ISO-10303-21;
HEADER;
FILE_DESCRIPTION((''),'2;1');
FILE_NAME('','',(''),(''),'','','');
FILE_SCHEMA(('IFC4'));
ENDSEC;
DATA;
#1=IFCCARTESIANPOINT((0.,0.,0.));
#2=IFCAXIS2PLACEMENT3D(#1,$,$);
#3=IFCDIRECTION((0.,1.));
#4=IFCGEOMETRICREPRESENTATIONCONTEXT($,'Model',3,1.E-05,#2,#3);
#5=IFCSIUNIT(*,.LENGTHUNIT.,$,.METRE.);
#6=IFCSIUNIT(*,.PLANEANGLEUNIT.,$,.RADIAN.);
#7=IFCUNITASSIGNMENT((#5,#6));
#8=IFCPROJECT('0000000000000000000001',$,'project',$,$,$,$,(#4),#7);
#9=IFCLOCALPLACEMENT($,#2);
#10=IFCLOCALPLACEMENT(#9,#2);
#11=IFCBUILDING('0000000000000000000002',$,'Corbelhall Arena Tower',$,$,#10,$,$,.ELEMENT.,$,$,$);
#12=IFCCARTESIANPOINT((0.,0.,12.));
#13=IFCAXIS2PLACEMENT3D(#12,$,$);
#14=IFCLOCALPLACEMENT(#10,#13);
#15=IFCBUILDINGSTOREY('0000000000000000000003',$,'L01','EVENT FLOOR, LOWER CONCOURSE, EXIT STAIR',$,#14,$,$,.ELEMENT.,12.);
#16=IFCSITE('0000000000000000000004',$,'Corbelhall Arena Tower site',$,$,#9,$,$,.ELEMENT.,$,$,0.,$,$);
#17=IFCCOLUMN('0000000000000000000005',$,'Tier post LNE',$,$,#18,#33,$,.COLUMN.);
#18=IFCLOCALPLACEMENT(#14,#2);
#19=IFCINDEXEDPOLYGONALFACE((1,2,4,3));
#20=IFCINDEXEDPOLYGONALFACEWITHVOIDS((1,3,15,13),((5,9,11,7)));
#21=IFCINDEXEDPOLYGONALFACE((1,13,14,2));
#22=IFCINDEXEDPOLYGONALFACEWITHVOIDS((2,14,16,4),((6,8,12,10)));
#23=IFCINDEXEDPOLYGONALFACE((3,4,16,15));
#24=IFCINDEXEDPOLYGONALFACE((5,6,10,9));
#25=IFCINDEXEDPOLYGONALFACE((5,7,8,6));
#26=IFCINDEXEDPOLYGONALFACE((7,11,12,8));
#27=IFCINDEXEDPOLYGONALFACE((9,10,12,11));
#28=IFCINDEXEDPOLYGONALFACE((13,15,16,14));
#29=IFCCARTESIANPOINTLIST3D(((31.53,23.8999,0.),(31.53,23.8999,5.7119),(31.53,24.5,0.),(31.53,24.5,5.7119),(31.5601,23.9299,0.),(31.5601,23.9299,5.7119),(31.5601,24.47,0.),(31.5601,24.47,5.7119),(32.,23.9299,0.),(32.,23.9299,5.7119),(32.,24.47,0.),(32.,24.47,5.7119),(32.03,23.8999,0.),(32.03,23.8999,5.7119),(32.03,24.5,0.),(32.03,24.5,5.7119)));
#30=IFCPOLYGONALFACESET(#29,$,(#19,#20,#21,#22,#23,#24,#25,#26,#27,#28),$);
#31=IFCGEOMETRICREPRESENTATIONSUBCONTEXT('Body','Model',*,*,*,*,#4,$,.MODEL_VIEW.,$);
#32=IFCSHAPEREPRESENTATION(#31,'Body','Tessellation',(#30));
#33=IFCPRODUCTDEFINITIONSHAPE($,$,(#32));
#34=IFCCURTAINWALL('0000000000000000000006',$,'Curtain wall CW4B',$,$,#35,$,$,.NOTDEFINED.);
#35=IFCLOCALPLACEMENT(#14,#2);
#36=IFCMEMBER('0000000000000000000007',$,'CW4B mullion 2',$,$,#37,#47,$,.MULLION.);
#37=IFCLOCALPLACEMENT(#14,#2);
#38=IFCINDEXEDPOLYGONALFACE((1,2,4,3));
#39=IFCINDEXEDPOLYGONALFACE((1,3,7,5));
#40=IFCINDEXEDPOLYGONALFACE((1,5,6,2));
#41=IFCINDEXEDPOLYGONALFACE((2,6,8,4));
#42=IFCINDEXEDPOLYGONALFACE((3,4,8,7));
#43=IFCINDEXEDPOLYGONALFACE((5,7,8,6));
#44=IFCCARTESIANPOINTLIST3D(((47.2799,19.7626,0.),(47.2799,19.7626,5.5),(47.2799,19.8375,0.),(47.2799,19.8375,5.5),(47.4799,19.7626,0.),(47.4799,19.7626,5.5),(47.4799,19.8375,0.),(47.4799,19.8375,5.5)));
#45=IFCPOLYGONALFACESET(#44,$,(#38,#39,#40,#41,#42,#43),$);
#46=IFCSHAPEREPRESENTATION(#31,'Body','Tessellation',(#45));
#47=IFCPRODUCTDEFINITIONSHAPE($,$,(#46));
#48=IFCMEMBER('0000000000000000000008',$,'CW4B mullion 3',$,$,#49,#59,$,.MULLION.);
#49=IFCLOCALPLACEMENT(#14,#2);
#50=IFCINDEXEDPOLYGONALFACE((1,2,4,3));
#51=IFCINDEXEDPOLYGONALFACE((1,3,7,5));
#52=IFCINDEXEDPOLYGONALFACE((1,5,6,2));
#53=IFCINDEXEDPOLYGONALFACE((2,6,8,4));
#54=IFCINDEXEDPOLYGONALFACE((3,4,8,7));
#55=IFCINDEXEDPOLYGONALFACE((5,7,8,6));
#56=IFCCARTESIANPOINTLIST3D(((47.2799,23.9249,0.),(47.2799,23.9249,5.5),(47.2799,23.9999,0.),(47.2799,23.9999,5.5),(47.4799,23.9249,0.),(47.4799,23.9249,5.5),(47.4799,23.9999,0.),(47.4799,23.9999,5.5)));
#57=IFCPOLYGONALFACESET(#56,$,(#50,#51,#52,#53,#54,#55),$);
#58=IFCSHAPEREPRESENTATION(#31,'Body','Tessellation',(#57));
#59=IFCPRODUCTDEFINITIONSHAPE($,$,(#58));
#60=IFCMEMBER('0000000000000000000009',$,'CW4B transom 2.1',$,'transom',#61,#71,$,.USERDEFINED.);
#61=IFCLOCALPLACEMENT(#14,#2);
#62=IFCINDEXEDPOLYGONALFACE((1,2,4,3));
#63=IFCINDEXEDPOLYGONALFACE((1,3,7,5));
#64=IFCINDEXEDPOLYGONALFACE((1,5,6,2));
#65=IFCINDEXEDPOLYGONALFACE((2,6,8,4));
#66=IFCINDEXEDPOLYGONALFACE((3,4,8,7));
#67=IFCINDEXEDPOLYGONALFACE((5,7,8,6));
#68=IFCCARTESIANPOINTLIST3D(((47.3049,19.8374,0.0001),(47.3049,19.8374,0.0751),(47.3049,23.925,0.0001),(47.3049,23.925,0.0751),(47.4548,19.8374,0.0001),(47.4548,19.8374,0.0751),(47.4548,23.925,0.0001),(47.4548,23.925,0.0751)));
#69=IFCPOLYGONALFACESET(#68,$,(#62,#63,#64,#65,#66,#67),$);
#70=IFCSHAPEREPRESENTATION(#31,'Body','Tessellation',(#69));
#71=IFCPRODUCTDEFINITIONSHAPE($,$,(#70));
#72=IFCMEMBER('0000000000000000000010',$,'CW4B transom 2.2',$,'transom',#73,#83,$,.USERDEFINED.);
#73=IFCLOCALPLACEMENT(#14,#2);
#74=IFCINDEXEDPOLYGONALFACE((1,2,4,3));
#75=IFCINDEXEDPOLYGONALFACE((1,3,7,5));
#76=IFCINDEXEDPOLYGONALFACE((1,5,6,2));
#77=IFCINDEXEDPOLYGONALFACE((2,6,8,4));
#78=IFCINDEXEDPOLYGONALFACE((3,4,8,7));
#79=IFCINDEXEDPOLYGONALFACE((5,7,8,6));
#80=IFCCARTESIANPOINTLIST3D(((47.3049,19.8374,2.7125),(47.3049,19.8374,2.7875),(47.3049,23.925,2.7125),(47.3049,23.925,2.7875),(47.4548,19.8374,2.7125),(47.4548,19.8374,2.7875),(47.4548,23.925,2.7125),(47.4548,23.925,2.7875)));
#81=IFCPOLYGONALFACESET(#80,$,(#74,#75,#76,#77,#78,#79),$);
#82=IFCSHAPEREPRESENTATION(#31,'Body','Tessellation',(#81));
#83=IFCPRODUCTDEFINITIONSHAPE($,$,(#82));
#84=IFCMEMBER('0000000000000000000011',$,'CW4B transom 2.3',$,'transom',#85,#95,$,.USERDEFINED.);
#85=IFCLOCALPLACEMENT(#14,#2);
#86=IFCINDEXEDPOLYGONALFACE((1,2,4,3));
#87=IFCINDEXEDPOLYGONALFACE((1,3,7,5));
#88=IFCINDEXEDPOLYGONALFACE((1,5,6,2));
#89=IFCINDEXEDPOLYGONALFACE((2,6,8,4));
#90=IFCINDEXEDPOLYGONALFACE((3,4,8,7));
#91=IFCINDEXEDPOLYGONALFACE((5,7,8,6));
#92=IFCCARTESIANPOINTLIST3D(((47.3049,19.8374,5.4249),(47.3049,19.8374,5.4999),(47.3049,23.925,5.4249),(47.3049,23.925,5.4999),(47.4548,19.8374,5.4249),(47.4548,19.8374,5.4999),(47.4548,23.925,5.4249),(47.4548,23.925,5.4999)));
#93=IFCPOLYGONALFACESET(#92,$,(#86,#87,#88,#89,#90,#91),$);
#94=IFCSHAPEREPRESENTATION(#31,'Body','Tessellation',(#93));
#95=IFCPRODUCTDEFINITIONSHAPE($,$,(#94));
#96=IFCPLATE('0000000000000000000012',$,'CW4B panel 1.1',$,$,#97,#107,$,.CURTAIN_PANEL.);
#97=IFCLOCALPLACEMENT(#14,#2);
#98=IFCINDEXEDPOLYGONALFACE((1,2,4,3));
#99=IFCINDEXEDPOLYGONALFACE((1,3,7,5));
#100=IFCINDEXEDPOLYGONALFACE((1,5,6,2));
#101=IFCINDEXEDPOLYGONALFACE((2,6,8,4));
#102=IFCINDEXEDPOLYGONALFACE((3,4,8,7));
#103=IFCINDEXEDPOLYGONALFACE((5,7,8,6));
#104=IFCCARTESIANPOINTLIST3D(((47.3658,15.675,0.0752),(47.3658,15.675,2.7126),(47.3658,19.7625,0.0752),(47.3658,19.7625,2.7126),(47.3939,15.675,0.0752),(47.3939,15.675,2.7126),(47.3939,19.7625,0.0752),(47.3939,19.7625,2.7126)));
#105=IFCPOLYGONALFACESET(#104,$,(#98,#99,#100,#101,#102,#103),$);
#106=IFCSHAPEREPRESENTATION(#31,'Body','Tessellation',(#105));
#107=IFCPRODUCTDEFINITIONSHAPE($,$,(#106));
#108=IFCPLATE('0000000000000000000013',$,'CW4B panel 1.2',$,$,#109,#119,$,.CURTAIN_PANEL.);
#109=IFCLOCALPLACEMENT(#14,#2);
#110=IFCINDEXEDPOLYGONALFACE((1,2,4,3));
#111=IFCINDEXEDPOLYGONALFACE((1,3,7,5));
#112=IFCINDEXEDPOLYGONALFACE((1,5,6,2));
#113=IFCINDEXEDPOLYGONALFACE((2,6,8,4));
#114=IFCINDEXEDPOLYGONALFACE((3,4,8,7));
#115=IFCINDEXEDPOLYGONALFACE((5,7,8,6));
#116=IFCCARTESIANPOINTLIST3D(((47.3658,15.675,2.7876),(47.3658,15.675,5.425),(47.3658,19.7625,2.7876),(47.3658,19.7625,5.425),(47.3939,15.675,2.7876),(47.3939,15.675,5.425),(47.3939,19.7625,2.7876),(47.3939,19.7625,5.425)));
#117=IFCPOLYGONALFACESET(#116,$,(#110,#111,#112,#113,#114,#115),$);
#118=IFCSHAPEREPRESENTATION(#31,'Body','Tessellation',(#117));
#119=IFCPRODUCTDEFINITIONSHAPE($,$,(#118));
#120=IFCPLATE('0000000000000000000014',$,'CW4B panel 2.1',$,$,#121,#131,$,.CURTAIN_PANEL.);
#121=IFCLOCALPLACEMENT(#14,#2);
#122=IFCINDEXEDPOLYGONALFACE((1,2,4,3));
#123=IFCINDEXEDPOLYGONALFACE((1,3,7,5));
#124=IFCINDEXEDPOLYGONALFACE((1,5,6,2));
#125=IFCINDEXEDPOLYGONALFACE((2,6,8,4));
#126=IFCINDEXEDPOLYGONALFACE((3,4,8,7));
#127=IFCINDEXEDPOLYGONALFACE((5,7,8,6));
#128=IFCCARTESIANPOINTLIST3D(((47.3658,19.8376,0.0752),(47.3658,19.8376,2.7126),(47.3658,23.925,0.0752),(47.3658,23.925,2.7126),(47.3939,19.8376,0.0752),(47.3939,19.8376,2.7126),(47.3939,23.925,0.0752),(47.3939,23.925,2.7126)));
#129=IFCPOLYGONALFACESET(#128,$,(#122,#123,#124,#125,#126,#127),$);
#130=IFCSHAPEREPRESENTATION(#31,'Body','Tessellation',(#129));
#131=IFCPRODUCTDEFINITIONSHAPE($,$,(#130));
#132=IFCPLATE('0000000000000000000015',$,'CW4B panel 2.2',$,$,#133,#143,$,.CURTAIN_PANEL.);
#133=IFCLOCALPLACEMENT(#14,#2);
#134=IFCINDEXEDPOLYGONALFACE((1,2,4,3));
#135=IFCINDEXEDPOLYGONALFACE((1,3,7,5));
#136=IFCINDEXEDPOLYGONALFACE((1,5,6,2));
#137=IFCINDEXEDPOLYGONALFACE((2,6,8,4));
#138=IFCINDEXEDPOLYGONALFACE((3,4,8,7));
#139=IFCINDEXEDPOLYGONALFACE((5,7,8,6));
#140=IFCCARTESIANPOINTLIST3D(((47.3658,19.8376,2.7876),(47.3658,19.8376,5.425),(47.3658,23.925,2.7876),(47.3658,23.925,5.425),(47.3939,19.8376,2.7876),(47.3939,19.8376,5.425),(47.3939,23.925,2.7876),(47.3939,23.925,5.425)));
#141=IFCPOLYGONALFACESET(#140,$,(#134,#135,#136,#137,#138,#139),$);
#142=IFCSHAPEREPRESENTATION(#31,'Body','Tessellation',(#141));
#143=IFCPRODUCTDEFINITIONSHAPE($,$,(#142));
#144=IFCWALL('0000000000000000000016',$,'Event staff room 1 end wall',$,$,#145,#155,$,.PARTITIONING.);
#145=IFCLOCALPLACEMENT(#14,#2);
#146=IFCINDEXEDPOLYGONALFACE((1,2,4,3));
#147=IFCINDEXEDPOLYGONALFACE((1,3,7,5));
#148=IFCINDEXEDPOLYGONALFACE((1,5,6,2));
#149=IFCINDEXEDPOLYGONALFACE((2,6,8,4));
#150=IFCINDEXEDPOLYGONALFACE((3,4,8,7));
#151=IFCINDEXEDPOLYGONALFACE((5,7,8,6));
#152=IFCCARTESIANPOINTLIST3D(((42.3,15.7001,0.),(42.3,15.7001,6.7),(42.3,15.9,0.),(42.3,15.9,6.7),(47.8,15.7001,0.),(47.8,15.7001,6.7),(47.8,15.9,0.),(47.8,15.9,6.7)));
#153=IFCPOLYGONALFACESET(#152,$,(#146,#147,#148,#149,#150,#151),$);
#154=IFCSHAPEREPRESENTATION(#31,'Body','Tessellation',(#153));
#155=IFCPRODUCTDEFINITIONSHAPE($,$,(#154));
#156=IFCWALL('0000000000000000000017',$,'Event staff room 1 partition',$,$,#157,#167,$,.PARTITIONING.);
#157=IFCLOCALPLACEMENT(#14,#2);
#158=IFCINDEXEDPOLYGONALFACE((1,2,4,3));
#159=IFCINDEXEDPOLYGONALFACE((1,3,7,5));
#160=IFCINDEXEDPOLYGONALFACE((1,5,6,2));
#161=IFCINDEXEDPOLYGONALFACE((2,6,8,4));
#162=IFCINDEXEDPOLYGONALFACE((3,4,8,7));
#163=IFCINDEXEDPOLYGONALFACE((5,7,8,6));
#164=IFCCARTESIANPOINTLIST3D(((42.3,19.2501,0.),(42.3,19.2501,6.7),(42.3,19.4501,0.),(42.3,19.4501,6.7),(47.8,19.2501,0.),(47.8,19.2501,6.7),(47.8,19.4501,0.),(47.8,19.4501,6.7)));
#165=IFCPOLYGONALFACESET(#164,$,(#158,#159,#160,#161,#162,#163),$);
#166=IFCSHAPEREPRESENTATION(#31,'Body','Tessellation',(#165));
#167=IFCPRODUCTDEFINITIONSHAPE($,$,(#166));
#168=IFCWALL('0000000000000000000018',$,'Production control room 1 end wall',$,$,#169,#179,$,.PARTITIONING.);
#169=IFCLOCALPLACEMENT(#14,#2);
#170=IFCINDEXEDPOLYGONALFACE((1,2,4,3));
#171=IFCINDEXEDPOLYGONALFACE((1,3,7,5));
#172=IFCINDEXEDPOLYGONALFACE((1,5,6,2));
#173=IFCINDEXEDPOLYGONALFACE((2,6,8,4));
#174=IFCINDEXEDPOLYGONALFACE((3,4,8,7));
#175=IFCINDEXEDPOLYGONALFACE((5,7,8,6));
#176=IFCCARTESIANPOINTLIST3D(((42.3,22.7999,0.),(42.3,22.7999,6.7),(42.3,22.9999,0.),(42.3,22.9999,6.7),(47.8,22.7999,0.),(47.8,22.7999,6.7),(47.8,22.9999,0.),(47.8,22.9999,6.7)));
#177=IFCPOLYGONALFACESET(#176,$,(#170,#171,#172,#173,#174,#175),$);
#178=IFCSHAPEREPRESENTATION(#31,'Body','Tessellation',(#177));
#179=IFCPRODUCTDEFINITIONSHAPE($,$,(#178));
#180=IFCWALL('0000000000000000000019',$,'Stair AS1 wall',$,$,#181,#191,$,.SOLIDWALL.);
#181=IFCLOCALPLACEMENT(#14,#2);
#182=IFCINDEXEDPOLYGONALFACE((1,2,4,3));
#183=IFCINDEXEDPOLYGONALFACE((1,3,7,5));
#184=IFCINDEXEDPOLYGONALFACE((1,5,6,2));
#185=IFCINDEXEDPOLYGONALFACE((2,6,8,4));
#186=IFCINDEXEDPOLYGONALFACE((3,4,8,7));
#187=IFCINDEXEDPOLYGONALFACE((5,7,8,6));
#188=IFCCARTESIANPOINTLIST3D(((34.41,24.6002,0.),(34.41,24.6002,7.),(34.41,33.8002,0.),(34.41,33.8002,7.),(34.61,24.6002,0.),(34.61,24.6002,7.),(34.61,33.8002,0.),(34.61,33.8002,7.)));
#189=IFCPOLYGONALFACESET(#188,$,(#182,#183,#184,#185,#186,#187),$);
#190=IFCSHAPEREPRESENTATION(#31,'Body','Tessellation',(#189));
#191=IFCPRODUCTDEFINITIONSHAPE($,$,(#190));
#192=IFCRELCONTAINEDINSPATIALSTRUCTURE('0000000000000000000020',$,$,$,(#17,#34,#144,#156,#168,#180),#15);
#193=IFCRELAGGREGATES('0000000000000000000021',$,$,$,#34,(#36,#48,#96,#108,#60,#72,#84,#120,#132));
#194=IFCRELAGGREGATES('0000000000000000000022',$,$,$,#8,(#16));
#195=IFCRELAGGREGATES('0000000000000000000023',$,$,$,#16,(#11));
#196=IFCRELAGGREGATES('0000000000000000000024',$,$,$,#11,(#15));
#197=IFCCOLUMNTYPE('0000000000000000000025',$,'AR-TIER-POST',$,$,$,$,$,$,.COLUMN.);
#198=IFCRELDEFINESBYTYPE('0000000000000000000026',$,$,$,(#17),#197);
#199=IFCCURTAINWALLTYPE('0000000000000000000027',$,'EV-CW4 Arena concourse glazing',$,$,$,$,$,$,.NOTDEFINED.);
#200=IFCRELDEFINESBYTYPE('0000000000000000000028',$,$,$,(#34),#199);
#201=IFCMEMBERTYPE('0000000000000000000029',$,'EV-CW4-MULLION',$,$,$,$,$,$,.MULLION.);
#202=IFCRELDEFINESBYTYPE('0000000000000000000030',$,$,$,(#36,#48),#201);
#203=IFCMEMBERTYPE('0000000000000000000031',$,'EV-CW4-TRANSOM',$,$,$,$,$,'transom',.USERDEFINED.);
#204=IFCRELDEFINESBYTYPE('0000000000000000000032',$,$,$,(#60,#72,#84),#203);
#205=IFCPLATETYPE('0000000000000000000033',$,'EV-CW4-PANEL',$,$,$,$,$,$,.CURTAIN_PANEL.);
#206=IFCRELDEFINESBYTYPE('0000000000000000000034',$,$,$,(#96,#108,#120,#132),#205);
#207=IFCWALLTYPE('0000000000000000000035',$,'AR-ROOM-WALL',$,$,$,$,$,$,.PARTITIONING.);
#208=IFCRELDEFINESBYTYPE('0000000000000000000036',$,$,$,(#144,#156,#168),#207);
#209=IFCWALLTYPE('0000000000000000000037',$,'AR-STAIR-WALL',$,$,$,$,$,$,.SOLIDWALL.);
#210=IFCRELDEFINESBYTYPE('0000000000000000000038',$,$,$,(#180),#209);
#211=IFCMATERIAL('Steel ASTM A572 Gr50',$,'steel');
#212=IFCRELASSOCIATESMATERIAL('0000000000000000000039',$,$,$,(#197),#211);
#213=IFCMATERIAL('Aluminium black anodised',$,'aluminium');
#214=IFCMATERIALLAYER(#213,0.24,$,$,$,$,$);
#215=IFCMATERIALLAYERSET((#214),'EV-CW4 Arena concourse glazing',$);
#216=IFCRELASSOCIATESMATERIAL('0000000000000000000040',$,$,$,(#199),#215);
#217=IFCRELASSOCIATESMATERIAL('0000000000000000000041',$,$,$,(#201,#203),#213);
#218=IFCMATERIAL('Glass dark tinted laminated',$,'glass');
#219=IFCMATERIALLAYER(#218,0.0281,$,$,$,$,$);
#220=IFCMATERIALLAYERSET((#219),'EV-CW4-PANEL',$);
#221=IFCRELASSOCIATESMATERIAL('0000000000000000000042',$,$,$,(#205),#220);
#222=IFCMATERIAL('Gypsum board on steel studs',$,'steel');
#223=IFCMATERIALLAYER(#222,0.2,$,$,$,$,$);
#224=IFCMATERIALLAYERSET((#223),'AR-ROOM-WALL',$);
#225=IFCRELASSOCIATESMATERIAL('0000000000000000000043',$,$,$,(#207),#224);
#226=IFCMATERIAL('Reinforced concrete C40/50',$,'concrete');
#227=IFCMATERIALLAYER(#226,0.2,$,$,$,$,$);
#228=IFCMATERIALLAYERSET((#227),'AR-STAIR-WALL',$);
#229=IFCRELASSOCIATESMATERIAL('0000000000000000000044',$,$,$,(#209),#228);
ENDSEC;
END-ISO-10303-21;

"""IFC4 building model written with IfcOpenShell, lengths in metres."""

from ifc_helpers import new_model, si_unit, direction, frame, frame_2d, origin, origin_2d, place, context, subcontext, project, spatial, rectangle, hollow_rectangle, extrude, material, layer, layer_set, material_profile, profile_set, type_object, element, aggregate, save


model = new_model("IFC4")

# Units and contexts
model_context = context("Model", 3, precision=1e-05, world=origin(), true_north=direction((0.0, 1.0)))
body_context = subcontext(model_context, "Body", "Model", "MODEL_VIEW")
ifc_project = project(units=[si_unit("LENGTHUNIT", "METRE"), si_unit("PLANEANGLEUNIT", "RADIAN")], contexts=[model_context])

# Site, building, storey
site_placement = place(None, origin())
site = spatial("IfcSite", under=ifc_project, at=site_placement, Name="Corbelhall Arena Tower site", CompositionType="ELEMENT", RefElevation=0.0)
building_placement = place(site_placement, origin())
building = spatial("IfcBuilding", under=site, at=building_placement, Name="Corbelhall Arena Tower", CompositionType="ELEMENT")
storey_placement = place(building_placement, frame((0.0, 0.0, 12.0)))
storey = spatial("IfcBuildingStorey", under=building, at=storey_placement, Name="L01", Description="EVENT FLOOR, LOWER CONCOURSE, EXIT STAIR", CompositionType="ELEMENT", Elevation=12.0)

# Column
ifc_material_1 = material(Name="Steel ASTM A572 Gr50", Category="steel")
ifc_material_profile_1 = material_profile(ifc_material_1, hollow_rectangle(XDim=0.5, YDim=0.6001, WallThickness=0.03, at=origin_2d()))
ifc_profile_set_1 = profile_set([ifc_material_profile_1], Name="Steel ASTM A572 Gr50")
column_type = type_object("IfcColumnType", Name="AR-TIER-POST", PredefinedType="COLUMN", material=ifc_profile_set_1)
column_placement = place(storey_placement, frame((31.78, 24.2, 0.0), z_axis=(0.0, 0.0, 1.0), x_axis=(1.0, 0.0, 0.0)))
element("IfcColumn", 1, at=column_placement, inside=storey, type_object=column_type, Name="Tier post LNE", PredefinedType="COLUMN", context=body_context, shape_type="SweptSolid", body=[
    extrude(hollow_rectangle(XDim=0.5, YDim=0.6001, WallThickness=0.03, at=origin_2d()), origin(), (0.0, 0.0, 1.0), 5.7119),
])

# Curtain wall, members, plates
ifc_material_2 = material(Name="Aluminium black anodised", Category="aluminium")
ifc_layer_1 = layer(ifc_material_2, 0.24)
ifc_layer_set_1 = layer_set([ifc_layer_1], Name="EV-CW4 Arena concourse glazing")
curtain_wall_type = type_object("IfcCurtainWallType", Name="EV-CW4 Arena concourse glazing", PredefinedType="NOTDEFINED", material=ifc_layer_set_1)
curtain_wall_placement = place(storey_placement, origin())
curtain_wall = element("IfcCurtainWall", 2, at=curtain_wall_placement, inside=storey, type_object=curtain_wall_type, Name="Curtain wall CW4B", PredefinedType="NOTDEFINED")
ifc_material_profile_2 = material_profile(ifc_material_2, rectangle(XDim=0.2, YDim=0.075, at=origin_2d()))
ifc_profile_set_2 = profile_set([ifc_material_profile_2], Name="Aluminium black anodised")
member_type_1 = type_object("IfcMemberType", Name="EV-CW4-MULLION", PredefinedType="MULLION", material=ifc_profile_set_2)
member_1_placement = place(storey_placement, frame((47.3799, 19.8, 0.0), z_axis=(0.0, 0.0, 1.0), x_axis=(-1.0, 0.0, 0.0)))
member_1 = element("IfcMember", 3, at=member_1_placement, type_object=member_type_1, Name="CW4B mullion 2", PredefinedType="MULLION", context=body_context, shape_type="SweptSolid", body=[
    extrude(rectangle(XDim=0.2, YDim=0.075, at=origin_2d()), origin(), (0.0, 0.0, 1.0), 5.5),
])
member_2_placement = place(storey_placement, frame((47.3799, 23.9624, 0.0), z_axis=(0.0, 0.0, 1.0), x_axis=(-1.0, 0.0, 0.0)))
member_2 = element("IfcMember", 4, at=member_2_placement, type_object=member_type_1, Name="CW4B mullion 3", PredefinedType="MULLION", context=body_context, shape_type="SweptSolid", body=[
    extrude(rectangle(XDim=0.2, YDim=0.075, at=origin_2d()), origin(), (0.0, 0.0, 1.0), 5.5),
])
ifc_material_profile_3 = material_profile(ifc_material_2, rectangle(XDim=0.1499, YDim=0.075, at=origin_2d()))
ifc_profile_set_3 = profile_set([ifc_material_profile_3], Name="Aluminium black anodised")
member_type_2 = type_object("IfcMemberType", Name="EV-CW4-TRANSOM", ElementType="transom", PredefinedType="USERDEFINED", material=ifc_profile_set_3)
member_3_placement = place(storey_placement, frame((47.3799, 19.8374, 0.0376), z_axis=(0.0, 1.0, 0.0), x_axis=(-1.0, 0.0, 0.0)))
member_3 = element("IfcMember", 5, at=member_3_placement, type_object=member_type_2, Name="CW4B transom 2.1", ObjectType="transom", PredefinedType="USERDEFINED", context=body_context, shape_type="SweptSolid", body=[
    extrude(rectangle(XDim=0.1499, YDim=0.075, at=origin_2d()), origin(), (0.0, 0.0, 1.0), 4.0876),
])
member_4_placement = place(storey_placement, frame((47.3799, 19.8374, 2.75), z_axis=(0.0, 1.0, 0.0), x_axis=(-1.0, 0.0, 0.0)))
member_4 = element("IfcMember", 6, at=member_4_placement, type_object=member_type_2, Name="CW4B transom 2.2", ObjectType="transom", PredefinedType="USERDEFINED", context=body_context, shape_type="SweptSolid", body=[
    extrude(rectangle(XDim=0.1499, YDim=0.075, at=origin_2d()), origin(), (0.0, 0.0, 1.0), 4.0876),
])
member_5_placement = place(storey_placement, frame((47.3799, 19.8374, 5.4624), z_axis=(0.0, 1.0, 0.0), x_axis=(-1.0, 0.0, 0.0)))
member_5 = element("IfcMember", 7, at=member_5_placement, type_object=member_type_2, Name="CW4B transom 2.3", ObjectType="transom", PredefinedType="USERDEFINED", context=body_context, shape_type="SweptSolid", body=[
    extrude(rectangle(XDim=0.1499, YDim=0.075, at=origin_2d()), origin(), (0.0, 0.0, 1.0), 4.0876),
])
ifc_material_3 = material(Name="Glass dark tinted laminated", Category="glass")
ifc_layer_2 = layer(ifc_material_3, 0.0281)
ifc_layer_set_2 = layer_set([ifc_layer_2], Name="EV-CW4-PANEL")
plate_type = type_object("IfcPlateType", Name="EV-CW4-PANEL", PredefinedType="CURTAIN_PANEL", material=ifc_layer_set_2)
plate_1_placement = place(storey_placement, frame((47.3799, 17.7188, 0.0752), z_axis=(0.0, 0.0, 1.0), x_axis=(0.0, 1.0, 0.0)))
plate_1 = element("IfcPlate", 8, at=plate_1_placement, type_object=plate_type, Name="CW4B panel 1.1", PredefinedType="CURTAIN_PANEL", context=body_context, shape_type="SweptSolid", body=[
    extrude(rectangle(XDim=4.0874, YDim=0.0281, at=origin_2d()), origin(), (0.0, 0.0, 1.0), 2.6375),
])
plate_2_placement = place(storey_placement, frame((47.3799, 17.7188, 2.7876), z_axis=(0.0, 0.0, 1.0), x_axis=(0.0, 1.0, 0.0)))
plate_2 = element("IfcPlate", 9, at=plate_2_placement, type_object=plate_type, Name="CW4B panel 1.2", PredefinedType="CURTAIN_PANEL", context=body_context, shape_type="SweptSolid", body=[
    extrude(rectangle(XDim=4.0874, YDim=0.0281, at=origin_2d()), origin(), (0.0, 0.0, 1.0), 2.6375),
])
plate_3_placement = place(storey_placement, frame((47.3799, 21.8813, 0.0752), z_axis=(0.0, 0.0, 1.0), x_axis=(0.0, 1.0, 0.0)))
plate_3 = element("IfcPlate", 10, at=plate_3_placement, type_object=plate_type, Name="CW4B panel 2.1", PredefinedType="CURTAIN_PANEL", context=body_context, shape_type="SweptSolid", body=[
    extrude(rectangle(XDim=4.0874, YDim=0.0281, at=origin_2d()), origin(), (0.0, 0.0, 1.0), 2.6375),
])
plate_4_placement = place(storey_placement, frame((47.3799, 21.8813, 2.7876), z_axis=(0.0, 0.0, 1.0), x_axis=(0.0, 1.0, 0.0)))
plate_4 = element("IfcPlate", 11, at=plate_4_placement, type_object=plate_type, Name="CW4B panel 2.2", PredefinedType="CURTAIN_PANEL", context=body_context, shape_type="SweptSolid", body=[
    extrude(rectangle(XDim=4.0874, YDim=0.0281, at=origin_2d()), origin(), (0.0, 0.0, 1.0), 2.6375),
])
aggregate(curtain_wall, [member_1, member_2, plate_1, plate_2, member_3, member_4, member_5, plate_3, plate_4])

# Walls
ifc_material_4 = material(Name="Gypsum board on steel studs", Category="steel")
ifc_layer_3 = layer(ifc_material_4, 0.2)
ifc_layer_set_3 = layer_set([ifc_layer_3], Name="AR-ROOM-WALL")
wall_type_1 = type_object("IfcWallType", Name="AR-ROOM-WALL", PredefinedType="PARTITIONING", material=ifc_layer_set_3)
for number, where, z_axis, x_axis, name in (
    (12, (42.3, 15.8, 0.0), (0.0, 0.0, 1.0), (1.0, 0.0, 0.0), "Event staff room 1 end wall"),
    (13, (42.3, 19.3501, 0.0), (0.0, 0.0, 1.0), (1.0, 0.0, 0.0), "Event staff room 1 partition"),
    (14, (42.3, 22.8999, 0.0), (0.0, 0.0, 1.0), (1.0, 0.0, 0.0), "Production control room 1 end wall"),
):
    element("IfcWall", number, at=place(storey_placement, frame(where, z_axis=z_axis, x_axis=x_axis)), inside=storey, type_object=wall_type_1, Name=name, PredefinedType="PARTITIONING", context=body_context, shape_type="SweptSolid", body=[
        extrude(rectangle(XDim=5.5, YDim=0.2, at=frame_2d((2.75, 0.0))), origin(), (0.0, 0.0, 1.0), 6.7),
    ])

# Wall
ifc_material_5 = material(Name="Reinforced concrete C40/50", Category="concrete")
ifc_layer_4 = layer(ifc_material_5, 0.2)
ifc_layer_set_4 = layer_set([ifc_layer_4], Name="AR-STAIR-WALL")
wall_type_2 = type_object("IfcWallType", Name="AR-STAIR-WALL", PredefinedType="SOLIDWALL", material=ifc_layer_set_4)
for number, where, z_axis, x_axis, name in (
    (15, (34.51, 24.6001, 0.0), (0.0, 0.0, 1.0), (0.0, 1.0, 0.0), "Stair AS1 wall"),
):
    element("IfcWall", number, at=place(storey_placement, frame(where, z_axis=z_axis, x_axis=x_axis)), inside=storey, type_object=wall_type_2, Name=name, PredefinedType="SOLIDWALL", context=body_context, shape_type="SweptSolid", body=[
        extrude(rectangle(XDim=9.2, YDim=0.2, at=frame_2d((4.6001, 0.0))), origin(), (0.0, 0.0, 1.0), 7.0),
    ])

save(model, "model.ifc")
